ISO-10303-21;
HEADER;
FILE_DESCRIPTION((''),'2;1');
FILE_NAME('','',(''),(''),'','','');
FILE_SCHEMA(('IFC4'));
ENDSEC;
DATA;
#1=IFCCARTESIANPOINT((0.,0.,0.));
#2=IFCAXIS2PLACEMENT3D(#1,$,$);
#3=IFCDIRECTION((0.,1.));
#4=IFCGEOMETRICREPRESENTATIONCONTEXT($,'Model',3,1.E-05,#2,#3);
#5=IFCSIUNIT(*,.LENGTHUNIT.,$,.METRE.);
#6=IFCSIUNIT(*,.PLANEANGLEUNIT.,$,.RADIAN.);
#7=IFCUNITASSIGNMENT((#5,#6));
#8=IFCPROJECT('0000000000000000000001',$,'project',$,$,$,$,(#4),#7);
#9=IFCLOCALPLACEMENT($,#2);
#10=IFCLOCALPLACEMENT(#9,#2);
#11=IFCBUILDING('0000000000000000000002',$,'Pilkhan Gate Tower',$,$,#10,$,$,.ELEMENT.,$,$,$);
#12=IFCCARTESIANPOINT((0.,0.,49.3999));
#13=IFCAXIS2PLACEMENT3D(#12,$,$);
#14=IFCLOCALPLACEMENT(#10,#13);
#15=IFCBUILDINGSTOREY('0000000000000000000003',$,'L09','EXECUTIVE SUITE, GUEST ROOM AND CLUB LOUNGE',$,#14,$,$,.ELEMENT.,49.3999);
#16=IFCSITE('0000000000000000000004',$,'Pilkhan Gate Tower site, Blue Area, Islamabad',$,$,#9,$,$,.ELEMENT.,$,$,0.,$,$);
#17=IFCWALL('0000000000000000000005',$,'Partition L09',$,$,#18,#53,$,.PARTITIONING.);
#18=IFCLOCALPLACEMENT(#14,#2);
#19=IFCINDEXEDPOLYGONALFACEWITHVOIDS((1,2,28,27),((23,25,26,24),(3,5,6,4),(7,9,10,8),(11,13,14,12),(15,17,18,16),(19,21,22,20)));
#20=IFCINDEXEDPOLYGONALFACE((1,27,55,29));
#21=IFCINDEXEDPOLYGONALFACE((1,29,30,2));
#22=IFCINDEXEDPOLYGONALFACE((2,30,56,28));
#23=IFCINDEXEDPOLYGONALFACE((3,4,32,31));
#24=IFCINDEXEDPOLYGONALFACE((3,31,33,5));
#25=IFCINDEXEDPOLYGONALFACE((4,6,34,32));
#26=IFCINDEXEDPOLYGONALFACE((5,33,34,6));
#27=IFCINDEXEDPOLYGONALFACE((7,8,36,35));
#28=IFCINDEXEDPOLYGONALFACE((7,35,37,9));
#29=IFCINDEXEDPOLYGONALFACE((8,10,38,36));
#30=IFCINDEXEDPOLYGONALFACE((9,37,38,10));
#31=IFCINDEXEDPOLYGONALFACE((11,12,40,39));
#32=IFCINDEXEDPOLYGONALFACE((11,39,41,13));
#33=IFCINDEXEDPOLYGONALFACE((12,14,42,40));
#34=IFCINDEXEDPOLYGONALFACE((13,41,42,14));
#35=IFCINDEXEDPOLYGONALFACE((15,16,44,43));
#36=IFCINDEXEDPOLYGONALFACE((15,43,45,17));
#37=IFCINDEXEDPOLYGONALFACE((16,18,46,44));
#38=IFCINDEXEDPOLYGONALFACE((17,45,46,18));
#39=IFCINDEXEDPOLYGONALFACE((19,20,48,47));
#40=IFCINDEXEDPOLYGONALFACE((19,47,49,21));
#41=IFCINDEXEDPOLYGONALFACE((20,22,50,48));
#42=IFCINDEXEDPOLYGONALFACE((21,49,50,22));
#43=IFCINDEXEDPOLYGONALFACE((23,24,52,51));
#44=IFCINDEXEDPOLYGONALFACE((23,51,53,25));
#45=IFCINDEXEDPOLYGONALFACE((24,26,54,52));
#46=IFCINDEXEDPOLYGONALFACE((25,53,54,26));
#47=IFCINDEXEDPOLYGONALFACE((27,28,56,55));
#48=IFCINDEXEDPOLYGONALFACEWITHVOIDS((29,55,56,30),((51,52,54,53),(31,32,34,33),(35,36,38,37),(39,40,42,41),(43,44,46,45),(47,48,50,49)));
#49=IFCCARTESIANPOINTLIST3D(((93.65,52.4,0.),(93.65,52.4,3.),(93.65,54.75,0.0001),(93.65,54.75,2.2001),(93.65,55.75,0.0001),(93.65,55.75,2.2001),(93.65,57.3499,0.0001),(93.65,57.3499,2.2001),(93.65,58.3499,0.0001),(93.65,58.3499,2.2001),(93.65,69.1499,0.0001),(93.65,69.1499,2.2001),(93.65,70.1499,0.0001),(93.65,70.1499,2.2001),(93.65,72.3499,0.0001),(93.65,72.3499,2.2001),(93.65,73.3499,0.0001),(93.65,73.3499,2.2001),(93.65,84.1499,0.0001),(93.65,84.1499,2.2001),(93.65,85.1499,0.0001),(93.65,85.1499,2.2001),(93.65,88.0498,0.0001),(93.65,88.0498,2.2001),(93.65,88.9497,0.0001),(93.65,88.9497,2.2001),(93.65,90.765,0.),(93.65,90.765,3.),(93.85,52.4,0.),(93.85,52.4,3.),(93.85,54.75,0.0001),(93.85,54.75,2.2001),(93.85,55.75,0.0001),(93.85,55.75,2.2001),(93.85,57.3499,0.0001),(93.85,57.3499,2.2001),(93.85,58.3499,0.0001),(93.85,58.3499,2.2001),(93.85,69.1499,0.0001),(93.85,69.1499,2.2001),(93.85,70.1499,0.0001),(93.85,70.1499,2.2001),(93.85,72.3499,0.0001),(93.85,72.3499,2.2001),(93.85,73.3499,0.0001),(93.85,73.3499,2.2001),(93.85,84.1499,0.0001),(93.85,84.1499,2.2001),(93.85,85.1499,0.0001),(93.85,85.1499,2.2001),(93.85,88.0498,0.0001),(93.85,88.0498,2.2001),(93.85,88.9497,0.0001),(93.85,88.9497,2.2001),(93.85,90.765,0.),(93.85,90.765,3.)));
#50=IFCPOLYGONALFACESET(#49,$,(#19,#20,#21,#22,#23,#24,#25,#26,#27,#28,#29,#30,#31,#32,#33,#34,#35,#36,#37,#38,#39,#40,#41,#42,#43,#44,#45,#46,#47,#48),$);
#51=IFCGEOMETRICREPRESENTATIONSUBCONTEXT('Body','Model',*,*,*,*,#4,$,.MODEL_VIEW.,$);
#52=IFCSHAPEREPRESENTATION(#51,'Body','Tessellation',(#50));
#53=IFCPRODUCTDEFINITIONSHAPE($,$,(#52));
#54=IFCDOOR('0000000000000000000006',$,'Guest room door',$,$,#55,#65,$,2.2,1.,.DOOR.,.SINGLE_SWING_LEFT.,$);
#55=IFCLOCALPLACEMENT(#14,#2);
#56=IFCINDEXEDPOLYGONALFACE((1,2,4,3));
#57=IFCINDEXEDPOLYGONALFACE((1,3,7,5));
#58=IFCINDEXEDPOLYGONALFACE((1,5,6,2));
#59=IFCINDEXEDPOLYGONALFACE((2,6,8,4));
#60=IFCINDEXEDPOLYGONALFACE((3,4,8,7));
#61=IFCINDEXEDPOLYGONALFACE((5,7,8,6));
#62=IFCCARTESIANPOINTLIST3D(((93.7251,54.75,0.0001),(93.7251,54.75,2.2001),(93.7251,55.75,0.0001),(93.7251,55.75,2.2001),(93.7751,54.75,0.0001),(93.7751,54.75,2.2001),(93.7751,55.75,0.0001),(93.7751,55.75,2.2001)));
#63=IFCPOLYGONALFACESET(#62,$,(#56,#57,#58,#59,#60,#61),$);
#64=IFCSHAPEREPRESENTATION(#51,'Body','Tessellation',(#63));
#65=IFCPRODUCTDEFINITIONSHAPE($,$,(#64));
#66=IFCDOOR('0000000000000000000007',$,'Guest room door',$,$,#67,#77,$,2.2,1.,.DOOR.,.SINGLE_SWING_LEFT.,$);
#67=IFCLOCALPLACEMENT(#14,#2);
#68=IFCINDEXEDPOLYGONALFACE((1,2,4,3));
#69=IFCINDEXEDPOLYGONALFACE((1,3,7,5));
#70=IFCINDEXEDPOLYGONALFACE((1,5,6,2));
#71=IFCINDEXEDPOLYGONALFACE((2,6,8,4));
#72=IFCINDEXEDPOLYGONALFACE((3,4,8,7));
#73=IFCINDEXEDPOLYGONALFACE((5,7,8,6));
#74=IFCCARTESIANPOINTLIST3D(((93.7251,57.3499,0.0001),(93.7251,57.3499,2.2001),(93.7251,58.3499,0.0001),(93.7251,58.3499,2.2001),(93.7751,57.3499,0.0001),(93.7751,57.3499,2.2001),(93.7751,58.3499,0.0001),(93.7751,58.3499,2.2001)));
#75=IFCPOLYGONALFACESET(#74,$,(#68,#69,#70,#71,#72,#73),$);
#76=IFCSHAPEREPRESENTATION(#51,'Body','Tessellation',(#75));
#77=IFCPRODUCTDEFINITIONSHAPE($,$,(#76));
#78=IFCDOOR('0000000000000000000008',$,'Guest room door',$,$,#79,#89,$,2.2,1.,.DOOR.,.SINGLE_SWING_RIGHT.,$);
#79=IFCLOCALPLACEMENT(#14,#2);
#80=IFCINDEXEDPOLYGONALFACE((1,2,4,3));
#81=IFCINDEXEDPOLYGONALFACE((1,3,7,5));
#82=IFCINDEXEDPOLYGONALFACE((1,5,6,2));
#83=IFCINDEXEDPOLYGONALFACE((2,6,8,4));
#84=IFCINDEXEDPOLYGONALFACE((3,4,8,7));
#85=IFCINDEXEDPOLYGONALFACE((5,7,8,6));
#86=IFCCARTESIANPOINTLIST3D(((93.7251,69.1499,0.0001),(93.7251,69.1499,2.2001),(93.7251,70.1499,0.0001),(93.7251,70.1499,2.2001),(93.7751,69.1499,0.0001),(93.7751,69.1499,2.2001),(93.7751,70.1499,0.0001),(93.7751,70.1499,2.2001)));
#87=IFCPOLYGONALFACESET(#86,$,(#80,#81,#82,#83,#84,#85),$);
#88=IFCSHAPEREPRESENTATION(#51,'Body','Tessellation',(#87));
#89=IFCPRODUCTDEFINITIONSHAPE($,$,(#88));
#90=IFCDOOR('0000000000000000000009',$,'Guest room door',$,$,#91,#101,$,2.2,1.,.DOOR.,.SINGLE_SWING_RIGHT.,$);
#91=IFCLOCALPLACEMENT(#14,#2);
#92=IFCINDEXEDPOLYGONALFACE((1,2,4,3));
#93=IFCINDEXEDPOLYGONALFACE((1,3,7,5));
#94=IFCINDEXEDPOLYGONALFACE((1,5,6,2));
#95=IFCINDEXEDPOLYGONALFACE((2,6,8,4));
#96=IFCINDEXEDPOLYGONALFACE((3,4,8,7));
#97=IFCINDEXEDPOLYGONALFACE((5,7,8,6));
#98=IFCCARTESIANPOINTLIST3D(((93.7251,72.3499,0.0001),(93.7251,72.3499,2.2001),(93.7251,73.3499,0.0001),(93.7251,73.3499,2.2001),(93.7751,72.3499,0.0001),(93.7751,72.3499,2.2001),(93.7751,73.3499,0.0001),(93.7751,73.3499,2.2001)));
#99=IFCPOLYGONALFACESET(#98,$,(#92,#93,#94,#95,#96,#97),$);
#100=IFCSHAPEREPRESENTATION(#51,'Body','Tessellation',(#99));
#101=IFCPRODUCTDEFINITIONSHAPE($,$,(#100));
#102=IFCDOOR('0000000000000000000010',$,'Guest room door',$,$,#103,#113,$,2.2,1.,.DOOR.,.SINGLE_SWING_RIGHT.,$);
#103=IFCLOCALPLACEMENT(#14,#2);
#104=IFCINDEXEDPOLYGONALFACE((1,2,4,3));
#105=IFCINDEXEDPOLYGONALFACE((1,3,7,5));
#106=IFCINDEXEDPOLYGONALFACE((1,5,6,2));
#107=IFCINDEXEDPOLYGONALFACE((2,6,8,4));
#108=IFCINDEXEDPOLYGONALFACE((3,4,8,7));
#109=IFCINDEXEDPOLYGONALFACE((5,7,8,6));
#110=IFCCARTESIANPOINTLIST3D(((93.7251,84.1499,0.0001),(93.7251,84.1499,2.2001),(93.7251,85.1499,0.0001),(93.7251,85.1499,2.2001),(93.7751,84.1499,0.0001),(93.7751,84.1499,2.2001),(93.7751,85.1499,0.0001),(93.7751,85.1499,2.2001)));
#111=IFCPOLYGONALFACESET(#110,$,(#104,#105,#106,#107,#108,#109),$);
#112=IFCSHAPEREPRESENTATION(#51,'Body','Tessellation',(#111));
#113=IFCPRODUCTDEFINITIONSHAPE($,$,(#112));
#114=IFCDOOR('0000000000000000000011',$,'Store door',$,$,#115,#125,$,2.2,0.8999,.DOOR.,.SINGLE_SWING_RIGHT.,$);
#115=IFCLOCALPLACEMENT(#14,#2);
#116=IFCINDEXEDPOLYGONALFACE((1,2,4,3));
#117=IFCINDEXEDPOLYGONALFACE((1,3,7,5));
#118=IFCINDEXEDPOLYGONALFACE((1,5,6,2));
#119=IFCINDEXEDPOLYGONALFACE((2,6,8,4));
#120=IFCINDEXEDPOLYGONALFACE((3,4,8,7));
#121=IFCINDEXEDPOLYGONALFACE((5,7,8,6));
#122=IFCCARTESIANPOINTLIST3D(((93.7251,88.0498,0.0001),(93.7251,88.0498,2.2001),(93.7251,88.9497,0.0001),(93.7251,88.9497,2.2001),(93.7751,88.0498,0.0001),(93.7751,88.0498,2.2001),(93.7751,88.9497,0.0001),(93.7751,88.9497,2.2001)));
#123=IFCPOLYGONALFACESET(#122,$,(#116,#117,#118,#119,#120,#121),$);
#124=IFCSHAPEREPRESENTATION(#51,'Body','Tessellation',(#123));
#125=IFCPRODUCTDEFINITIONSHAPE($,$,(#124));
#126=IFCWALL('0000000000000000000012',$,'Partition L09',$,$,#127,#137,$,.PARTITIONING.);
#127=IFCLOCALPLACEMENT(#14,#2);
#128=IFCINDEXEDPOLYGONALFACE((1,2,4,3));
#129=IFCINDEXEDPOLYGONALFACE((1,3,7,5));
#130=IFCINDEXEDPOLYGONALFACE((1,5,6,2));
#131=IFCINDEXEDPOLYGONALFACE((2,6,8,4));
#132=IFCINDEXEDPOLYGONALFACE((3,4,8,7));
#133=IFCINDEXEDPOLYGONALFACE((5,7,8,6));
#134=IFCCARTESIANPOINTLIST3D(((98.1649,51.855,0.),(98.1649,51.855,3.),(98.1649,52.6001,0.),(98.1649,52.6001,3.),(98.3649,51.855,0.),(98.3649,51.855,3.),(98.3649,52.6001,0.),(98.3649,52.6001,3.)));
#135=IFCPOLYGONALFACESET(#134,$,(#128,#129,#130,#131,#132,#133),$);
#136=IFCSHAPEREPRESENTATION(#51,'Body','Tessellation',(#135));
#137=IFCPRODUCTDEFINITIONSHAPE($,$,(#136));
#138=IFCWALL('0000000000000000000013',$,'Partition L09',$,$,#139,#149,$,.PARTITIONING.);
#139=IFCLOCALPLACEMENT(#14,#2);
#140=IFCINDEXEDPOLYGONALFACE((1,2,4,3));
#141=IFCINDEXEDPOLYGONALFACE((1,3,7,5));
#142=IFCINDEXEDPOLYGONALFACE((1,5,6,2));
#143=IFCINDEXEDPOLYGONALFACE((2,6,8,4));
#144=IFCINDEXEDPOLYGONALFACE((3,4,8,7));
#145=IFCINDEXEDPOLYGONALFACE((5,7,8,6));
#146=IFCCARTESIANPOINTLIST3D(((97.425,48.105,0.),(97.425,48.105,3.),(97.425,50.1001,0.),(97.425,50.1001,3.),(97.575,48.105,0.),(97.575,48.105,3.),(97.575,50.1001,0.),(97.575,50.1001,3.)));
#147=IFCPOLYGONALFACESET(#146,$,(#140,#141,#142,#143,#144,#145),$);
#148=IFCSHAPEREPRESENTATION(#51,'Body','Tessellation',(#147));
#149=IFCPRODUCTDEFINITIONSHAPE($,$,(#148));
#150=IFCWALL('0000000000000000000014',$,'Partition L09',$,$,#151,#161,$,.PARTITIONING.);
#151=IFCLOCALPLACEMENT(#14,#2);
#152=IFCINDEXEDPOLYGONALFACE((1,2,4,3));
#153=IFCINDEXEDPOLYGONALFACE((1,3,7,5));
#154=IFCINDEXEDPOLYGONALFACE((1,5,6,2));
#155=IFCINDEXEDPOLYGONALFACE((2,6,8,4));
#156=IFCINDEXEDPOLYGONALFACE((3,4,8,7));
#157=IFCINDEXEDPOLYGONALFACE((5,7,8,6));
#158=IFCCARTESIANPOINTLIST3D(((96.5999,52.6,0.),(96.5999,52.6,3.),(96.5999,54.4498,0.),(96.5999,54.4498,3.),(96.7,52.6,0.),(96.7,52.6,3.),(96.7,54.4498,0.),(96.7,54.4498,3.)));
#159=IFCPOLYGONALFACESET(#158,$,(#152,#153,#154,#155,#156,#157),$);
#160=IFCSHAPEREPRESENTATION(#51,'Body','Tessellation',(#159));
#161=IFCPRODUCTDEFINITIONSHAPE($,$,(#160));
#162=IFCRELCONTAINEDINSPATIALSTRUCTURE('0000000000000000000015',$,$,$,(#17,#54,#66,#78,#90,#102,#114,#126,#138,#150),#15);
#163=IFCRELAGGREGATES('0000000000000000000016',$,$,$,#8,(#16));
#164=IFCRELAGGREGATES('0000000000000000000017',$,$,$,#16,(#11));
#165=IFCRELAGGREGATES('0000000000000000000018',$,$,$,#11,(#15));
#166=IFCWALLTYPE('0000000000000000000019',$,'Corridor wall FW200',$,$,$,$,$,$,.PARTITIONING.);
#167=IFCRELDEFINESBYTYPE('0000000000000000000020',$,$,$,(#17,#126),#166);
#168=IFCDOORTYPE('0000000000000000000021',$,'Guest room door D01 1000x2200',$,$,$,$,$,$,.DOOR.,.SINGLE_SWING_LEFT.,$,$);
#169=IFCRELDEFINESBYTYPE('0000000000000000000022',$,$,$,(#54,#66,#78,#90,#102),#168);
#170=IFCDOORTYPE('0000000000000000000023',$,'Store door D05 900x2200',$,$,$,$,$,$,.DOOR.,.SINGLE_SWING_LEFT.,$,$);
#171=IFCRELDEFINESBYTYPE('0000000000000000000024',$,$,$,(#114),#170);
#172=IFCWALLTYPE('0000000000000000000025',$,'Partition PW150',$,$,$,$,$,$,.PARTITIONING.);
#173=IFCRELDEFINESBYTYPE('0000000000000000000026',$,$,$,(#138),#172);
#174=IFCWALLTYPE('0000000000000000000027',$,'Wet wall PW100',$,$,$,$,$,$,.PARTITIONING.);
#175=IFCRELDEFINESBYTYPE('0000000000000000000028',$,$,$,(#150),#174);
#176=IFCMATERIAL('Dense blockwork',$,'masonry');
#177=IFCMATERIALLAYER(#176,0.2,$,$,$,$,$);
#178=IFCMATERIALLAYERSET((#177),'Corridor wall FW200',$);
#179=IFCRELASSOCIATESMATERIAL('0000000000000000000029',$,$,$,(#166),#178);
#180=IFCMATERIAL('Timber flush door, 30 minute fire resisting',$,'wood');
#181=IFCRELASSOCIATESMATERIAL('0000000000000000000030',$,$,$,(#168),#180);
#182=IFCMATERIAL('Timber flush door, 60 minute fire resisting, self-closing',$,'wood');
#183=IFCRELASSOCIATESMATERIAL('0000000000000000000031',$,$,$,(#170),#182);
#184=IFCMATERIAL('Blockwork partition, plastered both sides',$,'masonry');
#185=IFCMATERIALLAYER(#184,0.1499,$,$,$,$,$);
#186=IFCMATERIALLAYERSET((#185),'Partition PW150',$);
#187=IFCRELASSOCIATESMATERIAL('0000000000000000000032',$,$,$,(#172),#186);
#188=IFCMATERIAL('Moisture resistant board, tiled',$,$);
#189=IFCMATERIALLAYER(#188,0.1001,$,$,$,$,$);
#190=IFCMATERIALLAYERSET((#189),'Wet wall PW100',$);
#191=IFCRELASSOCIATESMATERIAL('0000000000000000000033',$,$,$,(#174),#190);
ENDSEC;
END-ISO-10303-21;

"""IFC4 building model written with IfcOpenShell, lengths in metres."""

from ifc_helpers import new_model, si_unit, direction, frame, frame_2d, origin, place, context, subcontext, project, spatial, rectangle, extrude, material, layer, layer_set, type_object, element, fill, save


model = new_model("IFC4")

# Units and contexts
model_context = context("Model", 3, precision=1e-05, world=origin(), true_north=direction((0.0, 1.0)))
body_context = subcontext(model_context, "Body", "Model", "MODEL_VIEW")
ifc_project = project(units=[si_unit("LENGTHUNIT", "METRE"), si_unit("PLANEANGLEUNIT", "RADIAN")], contexts=[model_context])

# Site, building, storey
site_placement = place(None, origin())
site = spatial("IfcSite", under=ifc_project, at=site_placement, Name="Pilkhan Gate Tower site, Blue Area, Islamabad", CompositionType="ELEMENT", RefElevation=0.0)
building_placement = place(site_placement, origin())
building = spatial("IfcBuilding", under=site, at=building_placement, Name="Pilkhan Gate Tower", CompositionType="ELEMENT")
storey_placement = place(building_placement, frame((0.0, 0.0, 49.3999)))
storey = spatial("IfcBuildingStorey", under=building, at=storey_placement, Name="L09", Description="EXECUTIVE SUITE, GUEST ROOM AND CLUB LOUNGE", CompositionType="ELEMENT", Elevation=49.3999)

# Shared definitions
ifc_material_1 = material(Name="Dense blockwork", Category="masonry")
ifc_layer_1 = layer(ifc_material_1, 0.2)
ifc_layer_set_1 = layer_set([ifc_layer_1], Name="Corridor wall FW200")
wall_type_1 = type_object("IfcWallType", Name="Corridor wall FW200", PredefinedType="PARTITIONING", material=ifc_layer_set_1)

# Wall, openings, doors
wall_1_placement = place(storey_placement, frame((93.75, 52.3999, 0.0), z_axis=(0.0, 0.0, 1.0), x_axis=(0.0, 1.0, 0.0)))
wall_1 = element("IfcWall", 1, at=wall_1_placement, inside=storey, type_object=wall_type_1, Name="Partition L09", PredefinedType="PARTITIONING", context=body_context, shape_type="SweptSolid", body=[
    extrude(rectangle(XDim=38.365, YDim=0.2, at=frame_2d((19.1826, 0.0))), origin(), (0.0, 0.0, 1.0), 3.0),
])
opening_1_placement = place(wall_1_placement, frame((2.3501, 0.0, 0.0)))
opening_1 = element("IfcOpeningElement", 2, at=opening_1_placement, cuts=wall_1, PredefinedType="OPENING", context=body_context, shape_type="SweptSolid", body=[
    extrude(rectangle(XDim=1.0, YDim=2.2, at=frame_2d((0.5, 1.1001))), frame((0.0, 0.1099, 0.0), z_axis=(0.0, -1.0, 0.0), x_axis=(1.0, 0.0, 0.0)), (0.0, 0.0, 1.0), 0.22),
])
opening_2_placement = place(wall_1_placement, frame((4.95, 0.0, 0.0)))
opening_2 = element("IfcOpeningElement", 3, at=opening_2_placement, cuts=wall_1, PredefinedType="OPENING", context=body_context, shape_type="SweptSolid", body=[
    extrude(rectangle(XDim=1.0, YDim=2.2, at=frame_2d((0.5, 1.1001))), frame((0.0, 0.1099, 0.0), z_axis=(0.0, -1.0, 0.0), x_axis=(1.0, 0.0, 0.0)), (0.0, 0.0, 1.0), 0.22),
])
opening_3_placement = place(wall_1_placement, frame((16.75, 0.0, 0.0)))
opening_3 = element("IfcOpeningElement", 4, at=opening_3_placement, cuts=wall_1, PredefinedType="OPENING", context=body_context, shape_type="SweptSolid", body=[
    extrude(rectangle(XDim=1.0, YDim=2.2, at=frame_2d((0.5, 1.1001))), frame((0.0, 0.1099, 0.0), z_axis=(0.0, -1.0, 0.0), x_axis=(1.0, 0.0, 0.0)), (0.0, 0.0, 1.0), 0.22),
])
opening_4_placement = place(wall_1_placement, frame((19.95, 0.0, 0.0)))
opening_4 = element("IfcOpeningElement", 5, at=opening_4_placement, cuts=wall_1, PredefinedType="OPENING", context=body_context, shape_type="SweptSolid", body=[
    extrude(rectangle(XDim=1.0, YDim=2.2, at=frame_2d((0.5, 1.1001))), frame((0.0, 0.1099, 0.0), z_axis=(0.0, -1.0, 0.0), x_axis=(1.0, 0.0, 0.0)), (0.0, 0.0, 1.0), 0.22),
])
opening_5_placement = place(wall_1_placement, frame((31.75, 0.0, 0.0)))
opening_5 = element("IfcOpeningElement", 6, at=opening_5_placement, cuts=wall_1, PredefinedType="OPENING", context=body_context, shape_type="SweptSolid", body=[
    extrude(rectangle(XDim=1.0, YDim=2.2, at=frame_2d((0.5, 1.1001))), frame((0.0, 0.1099, 0.0), z_axis=(0.0, -1.0, 0.0), x_axis=(1.0, 0.0, 0.0)), (0.0, 0.0, 1.0), 0.22),
])
opening_6_placement = place(wall_1_placement, frame((35.6499, 0.0, 0.0)))
opening_6 = element("IfcOpeningElement", 7, at=opening_6_placement, cuts=wall_1, PredefinedType="OPENING", context=body_context, shape_type="SweptSolid", body=[
    extrude(rectangle(XDim=0.8999, YDim=2.2, at=frame_2d((0.45, 1.1001))), frame((0.0, 0.1099, 0.0), z_axis=(0.0, -1.0, 0.0), x_axis=(1.0, 0.0, 0.0)), (0.0, 0.0, 1.0), 0.22),
])
ifc_material_2 = material(Name="Timber flush door, 30 minute fire resisting", Category="wood")
door_type_1 = type_object("IfcDoorType", Name="Guest room door D01 1000x2200", OperationType="SINGLE_SWING_LEFT", PredefinedType="DOOR", material=ifc_material_2)
door_1_placement = place(opening_1_placement, origin())
door_1 = element("IfcDoor", 8, at=door_1_placement, inside=storey, type_object=door_type_1, Name="Guest room door", OperationType="SINGLE_SWING_LEFT", OverallHeight=2.2, OverallWidth=1.0, PredefinedType="DOOR", context=body_context, shape_type="SweptSolid", body=[
    extrude(rectangle(XDim=1.0, YDim=2.2, at=frame_2d((0.5, 1.1001))), frame((0.0, 0.0249, 0.0), z_axis=(0.0, -1.0, 0.0), x_axis=(1.0, 0.0, 0.0)), (0.0, 0.0, 1.0), 0.05),
])
fill(opening_1, door_1)
door_2_placement = place(opening_2_placement, origin())
door_2 = element("IfcDoor", 9, at=door_2_placement, inside=storey, type_object=door_type_1, Name="Guest room door", OperationType="SINGLE_SWING_LEFT", OverallHeight=2.2, OverallWidth=1.0, PredefinedType="DOOR", context=body_context, shape_type="SweptSolid", body=[
    extrude(rectangle(XDim=1.0, YDim=2.2, at=frame_2d((0.5, 1.1001))), frame((0.0, 0.0249, 0.0), z_axis=(0.0, -1.0, 0.0), x_axis=(1.0, 0.0, 0.0)), (0.0, 0.0, 1.0), 0.05),
])
fill(opening_2, door_2)
door_3_placement = place(opening_3_placement, origin())
door_3 = element("IfcDoor", 10, at=door_3_placement, inside=storey, type_object=door_type_1, Name="Guest room door", OperationType="SINGLE_SWING_RIGHT", OverallHeight=2.2, OverallWidth=1.0, PredefinedType="DOOR", context=body_context, shape_type="SweptSolid", body=[
    extrude(rectangle(XDim=1.0, YDim=2.2, at=frame_2d((0.5, 1.1001))), frame((0.0, 0.0249, 0.0), z_axis=(0.0, -1.0, 0.0), x_axis=(1.0, 0.0, 0.0)), (0.0, 0.0, 1.0), 0.05),
])
fill(opening_3, door_3)
door_4_placement = place(opening_4_placement, origin())
door_4 = element("IfcDoor", 11, at=door_4_placement, inside=storey, type_object=door_type_1, Name="Guest room door", OperationType="SINGLE_SWING_RIGHT", OverallHeight=2.2, OverallWidth=1.0, PredefinedType="DOOR", context=body_context, shape_type="SweptSolid", body=[
    extrude(rectangle(XDim=1.0, YDim=2.2, at=frame_2d((0.5, 1.1001))), frame((0.0, 0.0249, 0.0), z_axis=(0.0, -1.0, 0.0), x_axis=(1.0, 0.0, 0.0)), (0.0, 0.0, 1.0), 0.05),
])
fill(opening_4, door_4)
door_5_placement = place(opening_5_placement, origin())
door_5 = element("IfcDoor", 12, at=door_5_placement, inside=storey, type_object=door_type_1, Name="Guest room door", OperationType="SINGLE_SWING_RIGHT", OverallHeight=2.2, OverallWidth=1.0, PredefinedType="DOOR", context=body_context, shape_type="SweptSolid", body=[
    extrude(rectangle(XDim=1.0, YDim=2.2, at=frame_2d((0.5, 1.1001))), frame((0.0, 0.0249, 0.0), z_axis=(0.0, -1.0, 0.0), x_axis=(1.0, 0.0, 0.0)), (0.0, 0.0, 1.0), 0.05),
])
fill(opening_5, door_5)
ifc_material_3 = material(Name="Timber flush door, 60 minute fire resisting, self-closing", Category="wood")
door_type_2 = type_object("IfcDoorType", Name="Store door D05 900x2200", OperationType="SINGLE_SWING_LEFT", PredefinedType="DOOR", material=ifc_material_3)
door_6_placement = place(opening_6_placement, origin())
door_6 = element("IfcDoor", 13, at=door_6_placement, inside=storey, type_object=door_type_2, Name="Store door", OperationType="SINGLE_SWING_RIGHT", OverallHeight=2.2, OverallWidth=0.8999, PredefinedType="DOOR", context=body_context, shape_type="SweptSolid", body=[
    extrude(rectangle(XDim=0.8999, YDim=2.2, at=frame_2d((0.45, 1.1001))), frame((0.0, 0.0249, 0.0), z_axis=(0.0, -1.0, 0.0), x_axis=(1.0, 0.0, 0.0)), (0.0, 0.0, 1.0), 0.05),
])
fill(opening_6, door_6)

# Walls
wall_2_placement = place(storey_placement, frame((98.2649, 51.855, 0.0), z_axis=(0.0, 0.0, 1.0), x_axis=(0.0, 1.0, 0.0)))
element("IfcWall", 14, at=wall_2_placement, inside=storey, type_object=wall_type_1, Name="Partition L09", PredefinedType="PARTITIONING", context=body_context, shape_type="SweptSolid", body=[
    extrude(rectangle(XDim=0.7451, YDim=0.2, at=frame_2d((0.3726, 0.0))), origin(), (0.0, 0.0, 1.0), 3.0),
])
ifc_material_4 = material(Name="Blockwork partition, plastered both sides", Category="masonry")
ifc_layer_2 = layer(ifc_material_4, 0.1499)
ifc_layer_set_2 = layer_set([ifc_layer_2], Name="Partition PW150")
wall_type_2 = type_object("IfcWallType", Name="Partition PW150", PredefinedType="PARTITIONING", material=ifc_layer_set_2)
wall_3_placement = place(storey_placement, frame((97.5, 48.105, 0.0), z_axis=(0.0, 0.0, 1.0), x_axis=(0.0, 1.0, 0.0)))
element("IfcWall", 15, at=wall_3_placement, inside=storey, type_object=wall_type_2, Name="Partition L09", PredefinedType="PARTITIONING", context=body_context, shape_type="SweptSolid", body=[
    extrude(rectangle(XDim=1.9951, YDim=0.1499, at=frame_2d((0.9976, 0.0))), origin(), (0.0, 0.0, 1.0), 3.0),
])
ifc_material_5 = material(Name="Moisture resistant board, tiled")
ifc_layer_3 = layer(ifc_material_5, 0.1001)
ifc_layer_set_3 = layer_set([ifc_layer_3], Name="Wet wall PW100")
wall_type_3 = type_object("IfcWallType", Name="Wet wall PW100", PredefinedType="PARTITIONING", material=ifc_layer_set_3)
wall_4_placement = place(storey_placement, frame((96.6499, 52.6001, 0.0), z_axis=(0.0, 0.0, 1.0), x_axis=(0.0, 1.0, 0.0)))
element("IfcWall", 16, at=wall_4_placement, inside=storey, type_object=wall_type_3, Name="Partition L09", PredefinedType="PARTITIONING", context=body_context, shape_type="SweptSolid", body=[
    extrude(rectangle(XDim=1.8499, YDim=0.1001, at=frame_2d((0.9248, 0.0))), origin(), (0.0, 0.0, 1.0), 3.0),
])

save(model, "model.ifc")
